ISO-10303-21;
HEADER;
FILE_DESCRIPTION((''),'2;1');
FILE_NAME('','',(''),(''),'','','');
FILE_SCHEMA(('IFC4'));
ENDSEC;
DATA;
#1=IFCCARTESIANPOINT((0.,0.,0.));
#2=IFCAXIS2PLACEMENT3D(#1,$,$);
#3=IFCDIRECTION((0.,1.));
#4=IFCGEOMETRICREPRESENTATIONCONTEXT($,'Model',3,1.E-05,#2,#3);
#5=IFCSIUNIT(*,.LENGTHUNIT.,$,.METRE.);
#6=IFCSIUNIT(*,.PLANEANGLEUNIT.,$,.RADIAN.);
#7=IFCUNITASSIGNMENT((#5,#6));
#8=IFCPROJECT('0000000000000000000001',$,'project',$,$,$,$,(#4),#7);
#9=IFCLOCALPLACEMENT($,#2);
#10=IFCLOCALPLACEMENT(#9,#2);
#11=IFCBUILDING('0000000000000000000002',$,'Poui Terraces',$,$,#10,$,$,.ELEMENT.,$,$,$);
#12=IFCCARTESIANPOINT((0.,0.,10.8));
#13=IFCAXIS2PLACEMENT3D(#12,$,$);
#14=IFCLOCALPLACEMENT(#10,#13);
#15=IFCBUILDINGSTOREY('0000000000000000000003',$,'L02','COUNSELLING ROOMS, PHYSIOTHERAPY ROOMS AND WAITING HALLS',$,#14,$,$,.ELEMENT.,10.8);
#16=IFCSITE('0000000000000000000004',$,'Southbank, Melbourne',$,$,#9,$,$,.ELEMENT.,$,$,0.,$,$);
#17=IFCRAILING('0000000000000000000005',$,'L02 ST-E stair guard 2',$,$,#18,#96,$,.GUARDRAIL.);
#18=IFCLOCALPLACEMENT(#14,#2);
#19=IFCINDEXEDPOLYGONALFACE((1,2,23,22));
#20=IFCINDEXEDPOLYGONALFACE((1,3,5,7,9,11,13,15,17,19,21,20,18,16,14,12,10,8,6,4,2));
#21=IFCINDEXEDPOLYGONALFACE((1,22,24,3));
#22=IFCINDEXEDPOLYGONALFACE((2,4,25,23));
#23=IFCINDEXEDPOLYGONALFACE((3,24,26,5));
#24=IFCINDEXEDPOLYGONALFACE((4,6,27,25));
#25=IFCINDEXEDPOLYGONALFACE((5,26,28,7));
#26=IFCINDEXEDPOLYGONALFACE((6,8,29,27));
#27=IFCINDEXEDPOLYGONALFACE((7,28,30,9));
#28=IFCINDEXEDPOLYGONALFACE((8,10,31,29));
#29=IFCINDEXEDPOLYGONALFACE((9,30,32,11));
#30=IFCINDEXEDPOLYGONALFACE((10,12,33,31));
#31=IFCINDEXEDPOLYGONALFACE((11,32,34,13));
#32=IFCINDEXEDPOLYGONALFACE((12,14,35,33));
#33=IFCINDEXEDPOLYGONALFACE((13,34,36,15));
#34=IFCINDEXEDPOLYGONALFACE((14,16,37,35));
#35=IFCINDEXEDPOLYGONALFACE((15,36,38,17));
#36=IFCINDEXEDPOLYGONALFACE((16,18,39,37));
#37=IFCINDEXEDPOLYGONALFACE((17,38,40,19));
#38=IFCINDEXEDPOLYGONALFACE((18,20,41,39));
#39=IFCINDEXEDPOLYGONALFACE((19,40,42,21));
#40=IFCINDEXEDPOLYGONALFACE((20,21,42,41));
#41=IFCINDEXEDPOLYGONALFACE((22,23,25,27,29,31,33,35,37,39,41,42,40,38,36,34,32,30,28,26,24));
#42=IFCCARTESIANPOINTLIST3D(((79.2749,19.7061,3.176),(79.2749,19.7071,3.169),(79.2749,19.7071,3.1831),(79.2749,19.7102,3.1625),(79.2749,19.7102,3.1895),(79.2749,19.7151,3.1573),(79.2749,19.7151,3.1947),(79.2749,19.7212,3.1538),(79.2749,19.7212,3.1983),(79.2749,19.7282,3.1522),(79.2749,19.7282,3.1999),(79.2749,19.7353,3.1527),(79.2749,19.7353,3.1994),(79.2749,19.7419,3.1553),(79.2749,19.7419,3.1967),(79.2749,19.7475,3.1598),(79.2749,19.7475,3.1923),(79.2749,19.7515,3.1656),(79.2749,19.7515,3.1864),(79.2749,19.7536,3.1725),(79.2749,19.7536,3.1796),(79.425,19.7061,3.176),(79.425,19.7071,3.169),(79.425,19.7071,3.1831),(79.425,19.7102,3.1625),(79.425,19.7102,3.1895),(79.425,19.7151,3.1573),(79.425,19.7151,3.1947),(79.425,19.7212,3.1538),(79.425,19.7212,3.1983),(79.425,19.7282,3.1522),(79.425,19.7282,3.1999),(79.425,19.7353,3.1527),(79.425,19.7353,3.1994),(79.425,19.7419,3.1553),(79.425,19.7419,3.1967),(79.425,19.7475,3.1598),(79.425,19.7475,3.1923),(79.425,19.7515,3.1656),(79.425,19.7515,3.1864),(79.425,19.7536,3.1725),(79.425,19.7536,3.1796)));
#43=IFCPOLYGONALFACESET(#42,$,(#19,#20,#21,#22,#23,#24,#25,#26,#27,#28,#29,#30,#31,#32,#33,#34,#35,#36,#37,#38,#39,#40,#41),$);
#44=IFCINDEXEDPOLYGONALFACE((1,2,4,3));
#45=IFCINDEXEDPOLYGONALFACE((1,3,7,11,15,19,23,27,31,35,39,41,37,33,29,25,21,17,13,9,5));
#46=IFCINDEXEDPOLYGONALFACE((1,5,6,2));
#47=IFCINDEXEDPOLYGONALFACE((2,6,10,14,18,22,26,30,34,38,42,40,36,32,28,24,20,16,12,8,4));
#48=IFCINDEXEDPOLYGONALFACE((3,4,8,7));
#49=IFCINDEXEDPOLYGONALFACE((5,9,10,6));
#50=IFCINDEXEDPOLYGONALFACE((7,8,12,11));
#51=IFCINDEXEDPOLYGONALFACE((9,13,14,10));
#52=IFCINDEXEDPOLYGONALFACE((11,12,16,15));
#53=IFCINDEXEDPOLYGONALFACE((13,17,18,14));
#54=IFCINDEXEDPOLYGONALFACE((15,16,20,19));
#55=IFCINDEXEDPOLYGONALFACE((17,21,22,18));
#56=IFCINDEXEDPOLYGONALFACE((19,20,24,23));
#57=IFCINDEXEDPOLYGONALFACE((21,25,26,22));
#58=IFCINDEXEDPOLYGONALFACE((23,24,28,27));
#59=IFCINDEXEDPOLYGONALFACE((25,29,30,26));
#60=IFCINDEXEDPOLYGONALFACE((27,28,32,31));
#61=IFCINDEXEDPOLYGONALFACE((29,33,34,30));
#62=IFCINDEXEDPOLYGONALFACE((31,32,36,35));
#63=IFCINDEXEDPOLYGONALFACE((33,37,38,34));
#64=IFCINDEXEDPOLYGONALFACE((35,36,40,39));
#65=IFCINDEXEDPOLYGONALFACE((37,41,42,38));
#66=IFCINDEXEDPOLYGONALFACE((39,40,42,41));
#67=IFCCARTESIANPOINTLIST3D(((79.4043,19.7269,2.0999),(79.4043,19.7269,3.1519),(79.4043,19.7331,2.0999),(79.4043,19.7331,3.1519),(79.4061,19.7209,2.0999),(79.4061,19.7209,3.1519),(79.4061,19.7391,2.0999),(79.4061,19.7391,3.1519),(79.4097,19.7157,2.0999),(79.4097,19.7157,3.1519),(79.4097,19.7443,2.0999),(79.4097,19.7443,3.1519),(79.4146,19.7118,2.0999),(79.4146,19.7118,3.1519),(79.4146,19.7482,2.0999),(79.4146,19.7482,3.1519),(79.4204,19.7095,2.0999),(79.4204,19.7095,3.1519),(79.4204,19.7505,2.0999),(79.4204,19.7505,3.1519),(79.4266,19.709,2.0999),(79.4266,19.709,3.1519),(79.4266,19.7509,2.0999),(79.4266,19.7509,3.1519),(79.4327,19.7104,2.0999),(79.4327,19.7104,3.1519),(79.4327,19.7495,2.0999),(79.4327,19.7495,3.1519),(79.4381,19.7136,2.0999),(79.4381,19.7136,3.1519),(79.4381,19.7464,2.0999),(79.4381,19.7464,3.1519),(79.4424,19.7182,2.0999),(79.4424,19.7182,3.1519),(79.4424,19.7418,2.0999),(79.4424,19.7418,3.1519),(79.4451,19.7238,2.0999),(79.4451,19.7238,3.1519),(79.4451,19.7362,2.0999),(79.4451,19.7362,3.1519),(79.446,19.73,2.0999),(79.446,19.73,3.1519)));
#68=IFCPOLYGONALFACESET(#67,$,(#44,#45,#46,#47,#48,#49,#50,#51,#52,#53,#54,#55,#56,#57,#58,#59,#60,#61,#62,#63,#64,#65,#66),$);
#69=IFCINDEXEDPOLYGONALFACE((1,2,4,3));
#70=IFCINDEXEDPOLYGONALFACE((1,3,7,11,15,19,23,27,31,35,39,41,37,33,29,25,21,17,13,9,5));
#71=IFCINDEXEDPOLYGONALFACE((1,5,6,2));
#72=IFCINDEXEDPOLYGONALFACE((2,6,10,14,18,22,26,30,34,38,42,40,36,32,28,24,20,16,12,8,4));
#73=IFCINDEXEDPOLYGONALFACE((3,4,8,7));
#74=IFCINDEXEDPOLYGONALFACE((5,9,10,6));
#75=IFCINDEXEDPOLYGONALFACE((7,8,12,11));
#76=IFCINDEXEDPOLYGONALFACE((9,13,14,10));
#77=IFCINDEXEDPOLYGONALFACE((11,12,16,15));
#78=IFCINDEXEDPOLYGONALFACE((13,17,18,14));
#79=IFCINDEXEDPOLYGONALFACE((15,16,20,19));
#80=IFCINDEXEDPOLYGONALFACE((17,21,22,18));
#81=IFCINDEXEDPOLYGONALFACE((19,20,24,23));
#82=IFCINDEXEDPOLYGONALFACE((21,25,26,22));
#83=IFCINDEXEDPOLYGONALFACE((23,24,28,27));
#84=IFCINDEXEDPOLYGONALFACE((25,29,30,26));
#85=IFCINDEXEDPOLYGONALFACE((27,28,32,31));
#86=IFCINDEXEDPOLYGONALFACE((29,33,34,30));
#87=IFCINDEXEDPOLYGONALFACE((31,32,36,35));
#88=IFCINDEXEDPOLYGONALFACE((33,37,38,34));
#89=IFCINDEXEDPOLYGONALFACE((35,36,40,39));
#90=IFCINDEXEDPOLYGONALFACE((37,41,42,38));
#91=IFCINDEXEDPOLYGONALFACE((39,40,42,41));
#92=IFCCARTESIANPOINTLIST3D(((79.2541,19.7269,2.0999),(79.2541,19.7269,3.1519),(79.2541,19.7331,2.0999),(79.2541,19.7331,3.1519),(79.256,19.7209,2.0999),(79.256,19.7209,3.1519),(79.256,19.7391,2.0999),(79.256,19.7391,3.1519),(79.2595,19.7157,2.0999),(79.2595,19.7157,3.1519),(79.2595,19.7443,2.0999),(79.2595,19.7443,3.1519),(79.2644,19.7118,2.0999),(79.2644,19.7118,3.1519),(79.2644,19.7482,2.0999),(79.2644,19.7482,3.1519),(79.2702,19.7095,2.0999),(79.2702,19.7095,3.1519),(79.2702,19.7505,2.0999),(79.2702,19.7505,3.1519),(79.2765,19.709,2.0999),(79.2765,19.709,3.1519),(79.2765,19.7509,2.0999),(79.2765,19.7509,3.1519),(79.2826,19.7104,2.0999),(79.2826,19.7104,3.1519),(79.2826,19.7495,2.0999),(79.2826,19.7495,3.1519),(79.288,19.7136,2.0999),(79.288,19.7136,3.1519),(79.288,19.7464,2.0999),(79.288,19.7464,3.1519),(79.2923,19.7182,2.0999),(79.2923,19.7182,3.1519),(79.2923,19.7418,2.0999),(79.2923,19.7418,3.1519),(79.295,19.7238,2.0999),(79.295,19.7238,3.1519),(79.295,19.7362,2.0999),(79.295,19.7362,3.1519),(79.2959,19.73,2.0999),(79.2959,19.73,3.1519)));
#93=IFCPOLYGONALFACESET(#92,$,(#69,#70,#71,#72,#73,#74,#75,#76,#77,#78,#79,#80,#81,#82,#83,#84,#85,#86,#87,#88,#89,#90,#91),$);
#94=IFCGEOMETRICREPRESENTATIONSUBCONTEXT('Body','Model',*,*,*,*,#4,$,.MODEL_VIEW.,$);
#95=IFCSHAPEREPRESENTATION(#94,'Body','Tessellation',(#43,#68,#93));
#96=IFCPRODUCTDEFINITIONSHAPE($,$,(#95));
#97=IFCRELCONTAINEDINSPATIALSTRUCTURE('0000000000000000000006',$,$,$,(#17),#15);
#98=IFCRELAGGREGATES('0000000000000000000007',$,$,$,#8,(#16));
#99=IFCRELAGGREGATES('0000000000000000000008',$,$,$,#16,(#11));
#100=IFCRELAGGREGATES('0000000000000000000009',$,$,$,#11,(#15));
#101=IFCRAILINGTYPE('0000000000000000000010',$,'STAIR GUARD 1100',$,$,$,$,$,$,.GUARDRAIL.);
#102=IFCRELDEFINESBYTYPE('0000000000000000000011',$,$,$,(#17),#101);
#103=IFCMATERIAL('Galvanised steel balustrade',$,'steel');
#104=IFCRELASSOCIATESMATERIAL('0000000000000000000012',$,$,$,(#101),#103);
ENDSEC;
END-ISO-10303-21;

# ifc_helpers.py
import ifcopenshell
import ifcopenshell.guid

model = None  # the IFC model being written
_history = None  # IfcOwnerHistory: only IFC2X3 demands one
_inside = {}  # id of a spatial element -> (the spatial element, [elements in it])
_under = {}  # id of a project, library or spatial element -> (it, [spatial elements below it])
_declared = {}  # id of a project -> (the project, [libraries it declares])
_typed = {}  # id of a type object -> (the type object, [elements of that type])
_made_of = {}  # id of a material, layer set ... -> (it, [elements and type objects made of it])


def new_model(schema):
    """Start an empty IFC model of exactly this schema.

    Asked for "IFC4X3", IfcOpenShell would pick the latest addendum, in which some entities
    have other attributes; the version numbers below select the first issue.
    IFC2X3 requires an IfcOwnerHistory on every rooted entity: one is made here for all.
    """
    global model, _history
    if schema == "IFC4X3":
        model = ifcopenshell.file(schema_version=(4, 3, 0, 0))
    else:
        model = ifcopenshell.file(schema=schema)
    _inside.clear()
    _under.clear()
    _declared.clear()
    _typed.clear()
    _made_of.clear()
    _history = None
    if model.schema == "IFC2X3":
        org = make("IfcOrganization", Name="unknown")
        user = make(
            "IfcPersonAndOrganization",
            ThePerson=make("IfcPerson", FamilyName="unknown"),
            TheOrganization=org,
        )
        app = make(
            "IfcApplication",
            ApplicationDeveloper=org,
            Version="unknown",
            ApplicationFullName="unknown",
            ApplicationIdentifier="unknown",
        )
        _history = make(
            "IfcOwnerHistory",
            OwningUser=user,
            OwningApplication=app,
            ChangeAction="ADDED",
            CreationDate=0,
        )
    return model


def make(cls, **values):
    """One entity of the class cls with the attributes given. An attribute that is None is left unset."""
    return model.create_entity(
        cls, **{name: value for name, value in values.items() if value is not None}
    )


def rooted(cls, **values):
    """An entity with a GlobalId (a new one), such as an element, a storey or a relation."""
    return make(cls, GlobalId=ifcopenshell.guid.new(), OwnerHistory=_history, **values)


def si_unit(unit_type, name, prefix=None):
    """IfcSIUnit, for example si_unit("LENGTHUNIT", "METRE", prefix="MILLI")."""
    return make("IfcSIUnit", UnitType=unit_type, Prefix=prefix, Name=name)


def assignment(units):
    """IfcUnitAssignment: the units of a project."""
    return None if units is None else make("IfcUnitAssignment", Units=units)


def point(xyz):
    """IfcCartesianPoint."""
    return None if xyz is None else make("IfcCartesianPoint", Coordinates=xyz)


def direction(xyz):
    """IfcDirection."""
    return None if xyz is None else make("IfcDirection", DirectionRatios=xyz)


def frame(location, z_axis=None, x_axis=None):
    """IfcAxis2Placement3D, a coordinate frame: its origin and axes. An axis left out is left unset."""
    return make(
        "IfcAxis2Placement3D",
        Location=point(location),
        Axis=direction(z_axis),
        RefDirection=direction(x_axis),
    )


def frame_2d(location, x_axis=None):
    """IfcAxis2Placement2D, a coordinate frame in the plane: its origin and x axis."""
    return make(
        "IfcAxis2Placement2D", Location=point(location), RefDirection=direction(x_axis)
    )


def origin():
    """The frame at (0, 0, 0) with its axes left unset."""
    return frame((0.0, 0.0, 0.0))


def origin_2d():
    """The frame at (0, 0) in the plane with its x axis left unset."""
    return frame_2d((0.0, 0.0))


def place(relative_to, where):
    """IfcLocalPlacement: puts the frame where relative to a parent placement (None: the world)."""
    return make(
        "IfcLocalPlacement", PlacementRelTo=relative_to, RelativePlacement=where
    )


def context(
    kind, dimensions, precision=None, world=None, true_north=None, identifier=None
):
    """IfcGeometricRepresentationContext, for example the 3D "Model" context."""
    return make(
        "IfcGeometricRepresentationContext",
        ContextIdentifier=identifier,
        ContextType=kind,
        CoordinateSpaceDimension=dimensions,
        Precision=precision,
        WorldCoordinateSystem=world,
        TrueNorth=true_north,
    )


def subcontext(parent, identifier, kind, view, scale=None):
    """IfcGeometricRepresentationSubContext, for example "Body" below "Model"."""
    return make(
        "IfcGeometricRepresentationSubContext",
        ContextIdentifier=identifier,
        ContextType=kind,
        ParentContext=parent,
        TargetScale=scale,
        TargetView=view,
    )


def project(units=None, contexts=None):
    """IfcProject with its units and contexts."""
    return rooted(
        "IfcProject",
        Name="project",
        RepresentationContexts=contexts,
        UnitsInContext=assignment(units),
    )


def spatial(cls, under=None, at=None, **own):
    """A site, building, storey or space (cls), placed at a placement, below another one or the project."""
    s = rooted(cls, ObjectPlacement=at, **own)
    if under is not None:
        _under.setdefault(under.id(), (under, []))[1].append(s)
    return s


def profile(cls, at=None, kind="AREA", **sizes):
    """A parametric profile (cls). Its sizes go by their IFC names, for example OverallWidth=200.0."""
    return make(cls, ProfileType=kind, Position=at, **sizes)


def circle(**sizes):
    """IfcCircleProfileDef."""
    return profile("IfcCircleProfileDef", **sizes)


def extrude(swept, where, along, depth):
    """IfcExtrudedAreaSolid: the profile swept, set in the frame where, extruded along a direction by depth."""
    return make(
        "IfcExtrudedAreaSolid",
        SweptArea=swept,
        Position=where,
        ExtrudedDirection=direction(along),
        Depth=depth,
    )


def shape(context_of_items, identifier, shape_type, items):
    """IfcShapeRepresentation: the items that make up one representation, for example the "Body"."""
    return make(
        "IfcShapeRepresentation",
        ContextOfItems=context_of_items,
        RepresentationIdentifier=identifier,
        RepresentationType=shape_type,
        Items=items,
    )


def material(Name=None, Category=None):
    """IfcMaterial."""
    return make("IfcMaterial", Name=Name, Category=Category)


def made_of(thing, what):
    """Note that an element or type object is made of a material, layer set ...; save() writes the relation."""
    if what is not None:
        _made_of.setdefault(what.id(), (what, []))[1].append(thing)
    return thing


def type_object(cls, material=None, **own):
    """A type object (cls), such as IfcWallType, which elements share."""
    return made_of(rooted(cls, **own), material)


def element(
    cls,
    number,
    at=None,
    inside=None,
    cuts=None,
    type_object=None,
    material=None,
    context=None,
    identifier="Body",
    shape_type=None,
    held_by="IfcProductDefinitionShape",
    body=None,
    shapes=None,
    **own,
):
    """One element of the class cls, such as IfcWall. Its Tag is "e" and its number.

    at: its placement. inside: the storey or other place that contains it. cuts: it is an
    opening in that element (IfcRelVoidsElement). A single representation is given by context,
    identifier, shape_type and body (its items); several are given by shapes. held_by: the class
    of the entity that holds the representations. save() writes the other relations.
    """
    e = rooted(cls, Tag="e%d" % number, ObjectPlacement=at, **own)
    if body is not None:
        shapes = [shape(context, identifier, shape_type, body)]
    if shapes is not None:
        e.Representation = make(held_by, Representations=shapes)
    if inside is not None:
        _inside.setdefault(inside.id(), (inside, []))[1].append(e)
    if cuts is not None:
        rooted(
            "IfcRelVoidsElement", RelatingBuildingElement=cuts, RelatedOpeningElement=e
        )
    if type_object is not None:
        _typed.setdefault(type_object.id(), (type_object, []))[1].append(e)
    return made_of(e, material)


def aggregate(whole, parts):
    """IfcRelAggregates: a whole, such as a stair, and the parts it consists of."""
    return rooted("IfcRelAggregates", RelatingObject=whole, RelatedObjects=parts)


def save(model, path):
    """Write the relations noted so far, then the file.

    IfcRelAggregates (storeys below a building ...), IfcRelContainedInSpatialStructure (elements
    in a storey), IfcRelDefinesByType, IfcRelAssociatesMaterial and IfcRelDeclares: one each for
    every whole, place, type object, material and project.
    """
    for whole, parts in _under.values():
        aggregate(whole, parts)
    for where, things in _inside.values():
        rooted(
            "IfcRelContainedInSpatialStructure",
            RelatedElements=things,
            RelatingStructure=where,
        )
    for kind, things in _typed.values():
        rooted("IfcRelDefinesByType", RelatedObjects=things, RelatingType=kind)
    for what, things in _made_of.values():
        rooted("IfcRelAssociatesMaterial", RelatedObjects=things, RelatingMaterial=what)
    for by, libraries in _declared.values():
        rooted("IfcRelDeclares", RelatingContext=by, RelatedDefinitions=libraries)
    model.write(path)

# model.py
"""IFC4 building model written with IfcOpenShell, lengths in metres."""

from ifc_helpers import new_model, si_unit, direction, frame, origin, origin_2d, place, context, subcontext, project, spatial, circle, extrude, material, type_object, element, save


model = new_model("IFC4")

# Units and contexts
model_context = context("Model", 3, precision=1e-05, world=origin(), true_north=direction((0.0, 1.0)))
body_context = subcontext(model_context, "Body", "Model", "MODEL_VIEW")
ifc_project = project(units=[si_unit("LENGTHUNIT", "METRE"), si_unit("PLANEANGLEUNIT", "RADIAN")], contexts=[model_context])

# Site, building, storey
site_placement = place(None, origin())
site = spatial("IfcSite", under=ifc_project, at=site_placement, Name="Southbank, Melbourne", CompositionType="ELEMENT", RefElevation=0.0)
building_placement = place(site_placement, origin())
building = spatial("IfcBuilding", under=site, at=building_placement, Name="Poui Terraces", CompositionType="ELEMENT")
storey_placement = place(building_placement, frame((0.0, 0.0, 10.8)))
storey = spatial("IfcBuildingStorey", under=building, at=storey_placement, Name="L02", Description="COUNSELLING ROOMS, PHYSIOTHERAPY ROOMS AND WAITING HALLS", CompositionType="ELEMENT", Elevation=10.8)

# Railing
ifc_material_1 = material(Name="Galvanised steel balustrade", Category="steel")
railing_type_1 = type_object("IfcRailingType", Name="STAIR GUARD 1100", PredefinedType="GUARDRAIL", material=ifc_material_1)
railing_1_placement = place(storey_placement, frame((79.425, 19.73, 2.0999)))
element("IfcRailing", 1, at=railing_1_placement, inside=storey, type_object=railing_type_1, Name="L02 ST-E stair guard 2", PredefinedType="GUARDRAIL", context=body_context, shape_type="SweptSolid", body=[
    extrude(circle(Radius=0.0239, at=origin_2d()), frame((0.0, 0.0, 1.0762), z_axis=(-1.0, 0.0, 0.0), x_axis=(0.0, -1.0, 0.0)), (0.0, 0.0, 1.0), 0.1501),
    extrude(circle(Radius=0.021, at=origin_2d()), origin(), (0.0, 0.0, 1.0), 1.052),
    extrude(circle(Radius=0.021, at=origin_2d()), frame((-0.1501, 0.0, 0.0)), (0.0, 0.0, 1.0), 1.052),
])

save(model, "model.ifc")
